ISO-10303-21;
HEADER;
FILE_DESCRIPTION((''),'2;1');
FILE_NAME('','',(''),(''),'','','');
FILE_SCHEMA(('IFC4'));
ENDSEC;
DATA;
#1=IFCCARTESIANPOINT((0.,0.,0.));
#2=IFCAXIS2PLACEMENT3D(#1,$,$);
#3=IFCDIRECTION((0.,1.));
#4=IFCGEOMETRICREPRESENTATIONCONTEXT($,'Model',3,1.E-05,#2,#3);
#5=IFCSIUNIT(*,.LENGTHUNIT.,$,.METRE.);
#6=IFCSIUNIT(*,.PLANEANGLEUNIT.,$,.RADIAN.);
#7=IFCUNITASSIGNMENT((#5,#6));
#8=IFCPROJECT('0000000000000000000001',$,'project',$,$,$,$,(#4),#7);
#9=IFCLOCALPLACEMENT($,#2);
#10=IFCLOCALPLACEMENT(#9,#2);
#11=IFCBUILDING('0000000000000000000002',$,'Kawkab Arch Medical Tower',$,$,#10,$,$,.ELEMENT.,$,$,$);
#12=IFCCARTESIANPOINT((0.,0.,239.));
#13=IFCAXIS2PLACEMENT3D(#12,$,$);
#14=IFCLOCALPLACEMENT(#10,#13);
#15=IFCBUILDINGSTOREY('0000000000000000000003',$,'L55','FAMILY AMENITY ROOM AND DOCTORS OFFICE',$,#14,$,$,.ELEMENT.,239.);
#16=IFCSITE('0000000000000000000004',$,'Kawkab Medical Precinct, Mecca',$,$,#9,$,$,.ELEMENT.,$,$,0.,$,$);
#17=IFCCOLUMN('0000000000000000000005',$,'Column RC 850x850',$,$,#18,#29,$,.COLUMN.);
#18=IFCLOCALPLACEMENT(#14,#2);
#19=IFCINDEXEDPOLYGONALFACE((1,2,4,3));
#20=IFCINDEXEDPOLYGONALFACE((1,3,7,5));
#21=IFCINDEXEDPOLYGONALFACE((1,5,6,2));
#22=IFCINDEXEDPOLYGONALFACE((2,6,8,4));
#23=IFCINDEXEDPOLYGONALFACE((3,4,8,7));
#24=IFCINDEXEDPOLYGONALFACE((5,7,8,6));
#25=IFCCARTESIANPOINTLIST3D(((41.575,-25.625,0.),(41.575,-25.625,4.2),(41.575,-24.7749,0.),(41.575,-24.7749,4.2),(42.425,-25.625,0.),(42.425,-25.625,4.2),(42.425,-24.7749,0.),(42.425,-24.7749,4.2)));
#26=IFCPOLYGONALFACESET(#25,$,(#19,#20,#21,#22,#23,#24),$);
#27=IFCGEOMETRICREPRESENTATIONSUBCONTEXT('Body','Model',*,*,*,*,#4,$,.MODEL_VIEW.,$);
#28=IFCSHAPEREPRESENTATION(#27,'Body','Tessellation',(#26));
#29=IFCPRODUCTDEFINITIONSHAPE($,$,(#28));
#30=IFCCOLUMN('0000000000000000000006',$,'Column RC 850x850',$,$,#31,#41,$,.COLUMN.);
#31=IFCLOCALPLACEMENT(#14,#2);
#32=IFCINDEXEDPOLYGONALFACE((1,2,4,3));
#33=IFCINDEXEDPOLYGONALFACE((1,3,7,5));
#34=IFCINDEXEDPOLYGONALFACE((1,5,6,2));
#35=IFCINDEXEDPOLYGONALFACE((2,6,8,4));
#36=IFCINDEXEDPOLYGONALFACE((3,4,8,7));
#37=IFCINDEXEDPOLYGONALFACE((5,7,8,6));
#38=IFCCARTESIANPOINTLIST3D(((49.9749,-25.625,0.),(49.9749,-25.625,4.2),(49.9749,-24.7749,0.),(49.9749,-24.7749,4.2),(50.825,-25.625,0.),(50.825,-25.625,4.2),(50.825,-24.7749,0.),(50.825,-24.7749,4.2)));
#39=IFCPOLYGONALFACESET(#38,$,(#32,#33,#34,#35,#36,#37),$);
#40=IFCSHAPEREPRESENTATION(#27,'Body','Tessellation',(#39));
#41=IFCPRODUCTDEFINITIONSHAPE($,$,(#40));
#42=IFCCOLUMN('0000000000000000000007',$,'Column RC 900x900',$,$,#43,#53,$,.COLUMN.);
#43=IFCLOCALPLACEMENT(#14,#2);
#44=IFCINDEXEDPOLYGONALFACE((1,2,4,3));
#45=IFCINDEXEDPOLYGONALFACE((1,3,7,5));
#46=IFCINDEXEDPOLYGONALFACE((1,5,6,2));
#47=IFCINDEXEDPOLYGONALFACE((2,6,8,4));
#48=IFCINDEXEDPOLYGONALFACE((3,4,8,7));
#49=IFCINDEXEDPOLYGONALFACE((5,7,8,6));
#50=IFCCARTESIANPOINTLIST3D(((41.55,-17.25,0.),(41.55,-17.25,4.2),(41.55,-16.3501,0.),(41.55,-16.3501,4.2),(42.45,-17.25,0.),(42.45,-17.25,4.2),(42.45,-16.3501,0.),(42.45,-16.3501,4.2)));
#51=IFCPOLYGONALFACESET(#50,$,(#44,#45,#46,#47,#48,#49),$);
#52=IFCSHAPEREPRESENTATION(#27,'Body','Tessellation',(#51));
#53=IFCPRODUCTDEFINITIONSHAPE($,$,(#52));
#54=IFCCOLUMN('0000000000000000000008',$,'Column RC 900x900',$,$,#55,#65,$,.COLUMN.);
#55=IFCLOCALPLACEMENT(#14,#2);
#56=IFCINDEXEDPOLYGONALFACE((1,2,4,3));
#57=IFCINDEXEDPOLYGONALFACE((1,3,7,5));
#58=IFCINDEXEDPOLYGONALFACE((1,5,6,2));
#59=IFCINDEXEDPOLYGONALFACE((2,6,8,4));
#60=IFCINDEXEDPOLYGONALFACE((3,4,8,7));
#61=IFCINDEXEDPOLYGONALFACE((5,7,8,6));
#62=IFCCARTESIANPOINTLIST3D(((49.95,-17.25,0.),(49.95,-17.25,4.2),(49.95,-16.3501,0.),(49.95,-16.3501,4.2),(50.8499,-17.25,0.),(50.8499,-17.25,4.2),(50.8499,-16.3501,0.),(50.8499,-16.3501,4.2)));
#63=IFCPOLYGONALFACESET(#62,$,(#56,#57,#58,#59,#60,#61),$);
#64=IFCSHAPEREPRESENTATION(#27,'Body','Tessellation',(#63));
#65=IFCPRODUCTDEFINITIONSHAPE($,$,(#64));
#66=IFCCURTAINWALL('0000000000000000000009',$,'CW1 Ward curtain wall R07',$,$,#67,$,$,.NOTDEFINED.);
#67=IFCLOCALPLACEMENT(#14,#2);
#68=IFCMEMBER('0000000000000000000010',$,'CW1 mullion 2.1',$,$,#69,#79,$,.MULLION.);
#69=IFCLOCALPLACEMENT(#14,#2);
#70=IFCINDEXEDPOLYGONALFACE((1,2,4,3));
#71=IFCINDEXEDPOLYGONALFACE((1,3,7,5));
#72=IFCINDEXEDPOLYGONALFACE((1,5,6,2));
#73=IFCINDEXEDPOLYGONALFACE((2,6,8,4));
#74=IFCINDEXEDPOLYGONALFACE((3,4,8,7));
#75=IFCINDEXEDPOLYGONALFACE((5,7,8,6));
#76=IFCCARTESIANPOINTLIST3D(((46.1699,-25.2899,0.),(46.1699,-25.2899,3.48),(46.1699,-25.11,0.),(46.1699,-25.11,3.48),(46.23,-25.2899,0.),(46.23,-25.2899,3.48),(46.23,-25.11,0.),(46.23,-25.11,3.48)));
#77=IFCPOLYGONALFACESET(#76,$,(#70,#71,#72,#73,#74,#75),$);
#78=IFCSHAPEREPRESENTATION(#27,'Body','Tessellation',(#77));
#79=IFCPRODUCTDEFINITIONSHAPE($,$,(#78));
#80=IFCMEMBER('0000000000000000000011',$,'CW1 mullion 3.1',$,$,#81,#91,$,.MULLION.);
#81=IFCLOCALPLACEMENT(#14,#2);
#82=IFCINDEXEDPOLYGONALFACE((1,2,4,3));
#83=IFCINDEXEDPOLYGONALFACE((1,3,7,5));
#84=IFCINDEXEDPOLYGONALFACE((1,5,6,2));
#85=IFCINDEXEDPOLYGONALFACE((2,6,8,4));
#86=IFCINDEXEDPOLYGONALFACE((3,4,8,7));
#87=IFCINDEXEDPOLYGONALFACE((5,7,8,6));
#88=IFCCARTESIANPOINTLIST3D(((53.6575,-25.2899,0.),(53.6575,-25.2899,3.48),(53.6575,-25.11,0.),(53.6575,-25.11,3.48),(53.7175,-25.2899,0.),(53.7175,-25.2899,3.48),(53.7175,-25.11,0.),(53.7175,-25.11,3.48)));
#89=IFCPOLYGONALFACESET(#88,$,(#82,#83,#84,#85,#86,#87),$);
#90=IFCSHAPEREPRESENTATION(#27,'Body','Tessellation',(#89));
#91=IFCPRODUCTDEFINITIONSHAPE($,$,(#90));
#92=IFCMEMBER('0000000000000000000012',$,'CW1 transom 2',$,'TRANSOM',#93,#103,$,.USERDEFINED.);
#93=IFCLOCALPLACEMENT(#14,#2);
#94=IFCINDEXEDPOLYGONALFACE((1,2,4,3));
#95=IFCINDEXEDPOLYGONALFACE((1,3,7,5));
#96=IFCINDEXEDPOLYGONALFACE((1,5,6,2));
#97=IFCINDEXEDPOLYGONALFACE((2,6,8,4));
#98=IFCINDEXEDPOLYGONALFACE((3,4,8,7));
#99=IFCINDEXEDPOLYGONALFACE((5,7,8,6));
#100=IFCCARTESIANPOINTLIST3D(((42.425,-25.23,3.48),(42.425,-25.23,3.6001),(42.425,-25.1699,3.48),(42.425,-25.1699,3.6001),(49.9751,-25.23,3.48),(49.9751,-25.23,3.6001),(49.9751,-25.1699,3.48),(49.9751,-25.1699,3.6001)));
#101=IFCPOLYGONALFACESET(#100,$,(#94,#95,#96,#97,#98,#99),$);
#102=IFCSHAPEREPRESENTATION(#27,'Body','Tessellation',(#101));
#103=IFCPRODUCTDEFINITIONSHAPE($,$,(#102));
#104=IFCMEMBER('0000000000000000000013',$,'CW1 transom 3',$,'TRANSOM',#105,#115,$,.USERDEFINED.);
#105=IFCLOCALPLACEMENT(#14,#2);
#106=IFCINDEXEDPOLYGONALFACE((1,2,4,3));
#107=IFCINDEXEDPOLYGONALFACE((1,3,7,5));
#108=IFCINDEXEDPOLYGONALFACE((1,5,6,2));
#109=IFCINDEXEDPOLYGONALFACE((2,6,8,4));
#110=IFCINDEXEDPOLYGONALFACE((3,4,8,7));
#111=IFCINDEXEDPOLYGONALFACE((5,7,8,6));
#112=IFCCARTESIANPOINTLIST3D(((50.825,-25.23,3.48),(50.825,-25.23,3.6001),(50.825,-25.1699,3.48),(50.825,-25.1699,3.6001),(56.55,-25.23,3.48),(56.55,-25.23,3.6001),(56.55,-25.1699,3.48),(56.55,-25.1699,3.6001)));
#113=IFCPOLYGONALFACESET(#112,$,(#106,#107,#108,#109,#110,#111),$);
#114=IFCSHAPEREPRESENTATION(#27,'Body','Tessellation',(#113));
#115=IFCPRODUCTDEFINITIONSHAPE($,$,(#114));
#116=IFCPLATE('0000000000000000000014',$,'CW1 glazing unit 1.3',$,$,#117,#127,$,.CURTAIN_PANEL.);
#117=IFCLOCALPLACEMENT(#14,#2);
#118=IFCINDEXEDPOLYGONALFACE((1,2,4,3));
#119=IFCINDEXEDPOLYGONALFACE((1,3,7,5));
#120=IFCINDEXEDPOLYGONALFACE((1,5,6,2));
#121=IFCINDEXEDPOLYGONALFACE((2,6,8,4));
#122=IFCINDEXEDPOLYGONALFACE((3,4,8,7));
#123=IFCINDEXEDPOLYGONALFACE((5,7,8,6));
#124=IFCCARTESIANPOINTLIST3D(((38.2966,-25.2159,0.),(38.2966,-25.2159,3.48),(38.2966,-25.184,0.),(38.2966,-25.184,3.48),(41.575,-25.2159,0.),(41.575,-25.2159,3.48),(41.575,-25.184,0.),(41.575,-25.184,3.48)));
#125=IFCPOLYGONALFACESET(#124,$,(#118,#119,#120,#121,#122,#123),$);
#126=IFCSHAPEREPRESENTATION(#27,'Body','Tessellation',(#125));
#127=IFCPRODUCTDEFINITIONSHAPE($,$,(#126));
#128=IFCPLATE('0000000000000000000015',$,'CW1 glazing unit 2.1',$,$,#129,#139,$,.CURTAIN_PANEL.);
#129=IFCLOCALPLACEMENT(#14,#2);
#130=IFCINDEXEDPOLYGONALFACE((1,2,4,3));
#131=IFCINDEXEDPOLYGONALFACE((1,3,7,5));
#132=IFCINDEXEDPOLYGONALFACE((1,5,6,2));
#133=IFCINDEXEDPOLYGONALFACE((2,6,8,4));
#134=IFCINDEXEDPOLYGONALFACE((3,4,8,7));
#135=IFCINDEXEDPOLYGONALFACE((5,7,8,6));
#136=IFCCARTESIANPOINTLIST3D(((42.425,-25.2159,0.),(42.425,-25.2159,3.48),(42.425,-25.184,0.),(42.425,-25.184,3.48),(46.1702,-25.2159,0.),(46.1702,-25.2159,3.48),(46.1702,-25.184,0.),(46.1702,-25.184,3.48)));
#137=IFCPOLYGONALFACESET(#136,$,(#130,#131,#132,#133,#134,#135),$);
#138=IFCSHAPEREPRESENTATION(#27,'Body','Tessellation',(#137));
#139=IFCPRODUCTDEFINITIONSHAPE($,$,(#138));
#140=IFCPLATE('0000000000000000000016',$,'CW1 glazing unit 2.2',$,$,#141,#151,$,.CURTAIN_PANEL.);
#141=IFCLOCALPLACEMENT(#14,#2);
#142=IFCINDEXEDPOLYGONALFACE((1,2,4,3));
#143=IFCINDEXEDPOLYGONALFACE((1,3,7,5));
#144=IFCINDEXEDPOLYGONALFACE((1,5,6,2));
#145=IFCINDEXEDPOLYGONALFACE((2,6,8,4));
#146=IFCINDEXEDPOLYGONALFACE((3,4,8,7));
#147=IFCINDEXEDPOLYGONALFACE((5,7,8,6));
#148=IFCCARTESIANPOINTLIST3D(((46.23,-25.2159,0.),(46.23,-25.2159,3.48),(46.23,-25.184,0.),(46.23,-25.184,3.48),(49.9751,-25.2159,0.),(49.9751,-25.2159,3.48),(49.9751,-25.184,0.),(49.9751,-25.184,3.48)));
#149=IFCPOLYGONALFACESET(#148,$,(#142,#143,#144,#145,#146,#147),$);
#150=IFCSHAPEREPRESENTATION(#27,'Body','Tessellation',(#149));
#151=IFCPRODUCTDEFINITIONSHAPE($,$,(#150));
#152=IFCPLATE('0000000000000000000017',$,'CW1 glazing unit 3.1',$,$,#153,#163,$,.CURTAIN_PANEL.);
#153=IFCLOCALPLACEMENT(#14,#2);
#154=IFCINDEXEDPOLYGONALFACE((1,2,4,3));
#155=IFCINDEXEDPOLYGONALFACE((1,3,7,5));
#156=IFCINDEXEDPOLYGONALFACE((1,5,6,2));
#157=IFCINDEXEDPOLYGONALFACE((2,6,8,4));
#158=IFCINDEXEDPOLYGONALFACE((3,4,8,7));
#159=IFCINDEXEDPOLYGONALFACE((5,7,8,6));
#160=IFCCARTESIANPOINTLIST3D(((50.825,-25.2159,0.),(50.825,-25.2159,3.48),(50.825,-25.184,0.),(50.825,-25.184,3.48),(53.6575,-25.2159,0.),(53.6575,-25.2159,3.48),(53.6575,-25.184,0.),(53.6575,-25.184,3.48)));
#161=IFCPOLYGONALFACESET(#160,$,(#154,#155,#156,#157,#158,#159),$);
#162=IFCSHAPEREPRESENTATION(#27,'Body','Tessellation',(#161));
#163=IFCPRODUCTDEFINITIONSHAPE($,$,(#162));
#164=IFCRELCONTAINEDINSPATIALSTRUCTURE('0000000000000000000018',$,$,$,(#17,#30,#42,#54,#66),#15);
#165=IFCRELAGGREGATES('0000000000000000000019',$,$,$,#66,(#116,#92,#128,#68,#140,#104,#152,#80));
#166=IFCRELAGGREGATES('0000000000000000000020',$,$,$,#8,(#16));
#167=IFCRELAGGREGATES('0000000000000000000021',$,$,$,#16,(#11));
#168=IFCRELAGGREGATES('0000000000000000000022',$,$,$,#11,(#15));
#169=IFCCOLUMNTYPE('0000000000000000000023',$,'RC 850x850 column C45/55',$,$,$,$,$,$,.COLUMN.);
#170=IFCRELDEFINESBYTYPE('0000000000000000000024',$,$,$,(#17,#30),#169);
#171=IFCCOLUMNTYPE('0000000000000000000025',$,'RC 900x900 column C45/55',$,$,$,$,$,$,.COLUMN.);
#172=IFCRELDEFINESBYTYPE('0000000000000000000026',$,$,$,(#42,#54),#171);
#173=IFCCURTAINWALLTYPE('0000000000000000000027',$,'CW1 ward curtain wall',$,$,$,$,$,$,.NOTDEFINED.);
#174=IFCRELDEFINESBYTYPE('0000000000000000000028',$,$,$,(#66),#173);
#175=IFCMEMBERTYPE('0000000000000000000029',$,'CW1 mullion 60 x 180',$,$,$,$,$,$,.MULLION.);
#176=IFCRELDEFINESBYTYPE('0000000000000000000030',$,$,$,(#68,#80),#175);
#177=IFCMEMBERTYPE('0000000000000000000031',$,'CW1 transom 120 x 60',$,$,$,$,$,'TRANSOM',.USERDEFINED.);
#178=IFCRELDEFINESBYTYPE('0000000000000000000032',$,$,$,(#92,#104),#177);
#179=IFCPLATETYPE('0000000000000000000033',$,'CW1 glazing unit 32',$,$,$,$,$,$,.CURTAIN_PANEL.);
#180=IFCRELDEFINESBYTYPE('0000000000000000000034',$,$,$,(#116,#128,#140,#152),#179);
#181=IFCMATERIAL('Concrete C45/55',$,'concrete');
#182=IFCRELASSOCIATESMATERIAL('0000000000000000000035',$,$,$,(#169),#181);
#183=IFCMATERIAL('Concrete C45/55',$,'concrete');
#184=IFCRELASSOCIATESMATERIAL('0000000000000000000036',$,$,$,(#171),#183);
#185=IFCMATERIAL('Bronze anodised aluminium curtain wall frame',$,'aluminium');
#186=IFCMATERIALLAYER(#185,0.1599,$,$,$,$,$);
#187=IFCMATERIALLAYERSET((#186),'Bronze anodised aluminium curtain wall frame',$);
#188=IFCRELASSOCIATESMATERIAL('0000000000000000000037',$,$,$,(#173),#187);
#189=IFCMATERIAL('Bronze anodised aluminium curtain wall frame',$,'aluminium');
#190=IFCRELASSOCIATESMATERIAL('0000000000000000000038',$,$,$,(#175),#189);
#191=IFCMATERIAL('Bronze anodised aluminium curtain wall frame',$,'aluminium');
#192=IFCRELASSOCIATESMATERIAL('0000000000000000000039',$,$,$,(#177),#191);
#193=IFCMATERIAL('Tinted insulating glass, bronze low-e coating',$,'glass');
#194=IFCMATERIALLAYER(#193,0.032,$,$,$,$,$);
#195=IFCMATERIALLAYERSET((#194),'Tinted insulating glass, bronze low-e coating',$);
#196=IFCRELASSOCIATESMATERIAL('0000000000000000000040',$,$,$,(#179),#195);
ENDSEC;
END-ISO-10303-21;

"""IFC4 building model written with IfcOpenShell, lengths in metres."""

from ifc_helpers import new_model, si_unit, direction, frame, origin, origin_2d, place, context, subcontext, project, spatial, rectangle, extrude, material, layer, layer_set, material_profile, profile_set, type_object, element, aggregate, save


model = new_model("IFC4")

# Units and contexts
model_context = context("Model", 3, precision=1e-05, world=origin(), true_north=direction((0.0, 1.0)))
body_context = subcontext(model_context, "Body", "Model", "MODEL_VIEW")
ifc_project = project(units=[si_unit("LENGTHUNIT", "METRE"), si_unit("PLANEANGLEUNIT", "RADIAN")], contexts=[model_context])

# Site, building, storey
site_placement = place(None, origin())
site = spatial("IfcSite", under=ifc_project, at=site_placement, Name="Kawkab Medical Precinct, Mecca", CompositionType="ELEMENT", RefElevation=0.0)
building_placement = place(site_placement, origin())
building = spatial("IfcBuilding", under=site, at=building_placement, Name="Kawkab Arch Medical Tower", CompositionType="ELEMENT")
storey_placement = place(building_placement, frame((0.0, 0.0, 239.0)))
storey = spatial("IfcBuildingStorey", under=building, at=storey_placement, Name="L55", Description="FAMILY AMENITY ROOM AND DOCTORS OFFICE", CompositionType="ELEMENT", Elevation=239.0)

# Columns
ifc_material_1 = material(Name="Concrete C45/55", Category="concrete")
ifc_material_profile_1 = material_profile(ifc_material_1, rectangle(XDim=0.8501, YDim=0.8501, at=origin_2d()), Name="RC 850x850")
ifc_profile_set_1 = profile_set([ifc_material_profile_1], Name="Concrete C45/55")
column_type_1 = type_object("IfcColumnType", Name="RC 850x850 column C45/55", PredefinedType="COLUMN", material=ifc_profile_set_1)
for number, where, z_axis, x_axis, name in (
    (1, (42.0, -25.2, 0.0), (0.0, 0.0, 1.0), (1.0, 0.0, 0.0), "Column RC 850x850"),
    (2, (50.3999, -25.2, 0.0), (0.0, 0.0, 1.0), (1.0, 0.0, 0.0), "Column RC 850x850"),
):
    element("IfcColumn", number, at=place(storey_placement, frame(where, z_axis=z_axis, x_axis=x_axis)), inside=storey, type_object=column_type_1, Name=name, PredefinedType="COLUMN", context=body_context, shape_type="SweptSolid", body=[
        extrude(rectangle(XDim=0.8501, YDim=0.8501, at=origin_2d()), origin(), (0.0, 0.0, 1.0), 4.2),
    ])
ifc_material_2 = material(Name="Concrete C45/55", Category="concrete")
ifc_material_profile_2 = material_profile(ifc_material_2, rectangle(XDim=0.8999, YDim=0.8999, at=origin_2d()), Name="RC 900x900")
ifc_profile_set_2 = profile_set([ifc_material_profile_2], Name="Concrete C45/55")
column_type_2 = type_object("IfcColumnType", Name="RC 900x900 column C45/55", PredefinedType="COLUMN", material=ifc_profile_set_2)
for number, where, z_axis, x_axis, name in (
    (3, (42.0, -16.8, 0.0), (0.0, 0.0, 1.0), (1.0, 0.0, 0.0), "Column RC 900x900"),
    (4, (50.3999, -16.8, 0.0), (0.0, 0.0, 1.0), (1.0, 0.0, 0.0), "Column RC 900x900"),
):
    element("IfcColumn", number, at=place(storey_placement, frame(where, z_axis=z_axis, x_axis=x_axis)), inside=storey, type_object=column_type_2, Name=name, PredefinedType="COLUMN", context=body_context, shape_type="SweptSolid", body=[
        extrude(rectangle(XDim=0.8999, YDim=0.8999, at=origin_2d()), origin(), (0.0, 0.0, 1.0), 4.2),
    ])

# Curtain wall, members, plates
ifc_material_3 = material(Name="Bronze anodised aluminium curtain wall frame", Category="aluminium")
ifc_layer_1 = layer(ifc_material_3, 0.1599)
ifc_layer_set_1 = layer_set([ifc_layer_1], Name="Bronze anodised aluminium curtain wall frame")
curtain_wall_type = type_object("IfcCurtainWallType", Name="CW1 ward curtain wall", PredefinedType="NOTDEFINED", material=ifc_layer_set_1)
curtain_wall_placement = place(storey_placement, origin())
curtain_wall = element("IfcCurtainWall", 5, at=curtain_wall_placement, inside=storey, type_object=curtain_wall_type, Name="CW1 Ward curtain wall R07", PredefinedType="NOTDEFINED")
ifc_material_4 = material(Name="Bronze anodised aluminium curtain wall frame", Category="aluminium")
ifc_material_profile_3 = material_profile(ifc_material_4, rectangle(XDim=0.1799, YDim=0.0601, at=origin_2d()), Name="AL 60x180")
ifc_profile_set_3 = profile_set([ifc_material_profile_3], Name="Bronze anodised aluminium curtain wall frame")
member_type_1 = type_object("IfcMemberType", Name="CW1 mullion 60 x 180", PredefinedType="MULLION", material=ifc_profile_set_3)
member_1_placement = place(storey_placement, frame((46.2, -25.2, 0.0), z_axis=(0.0, 0.0, 1.0), x_axis=(0.0, 1.0, 0.0)))
member_1 = element("IfcMember", 6, at=member_1_placement, type_object=member_type_1, Name="CW1 mullion 2.1", PredefinedType="MULLION", context=body_context, shape_type="SweptSolid", body=[
    extrude(rectangle(XDim=0.1799, YDim=0.0601, at=origin_2d()), origin(), (0.0, 0.0, 1.0), 3.48),
])
member_2_placement = place(storey_placement, frame((53.6875, -25.2, 0.0), z_axis=(0.0, 0.0, 1.0), x_axis=(0.0, 1.0, 0.0)))
member_2 = element("IfcMember", 7, at=member_2_placement, type_object=member_type_1, Name="CW1 mullion 3.1", PredefinedType="MULLION", context=body_context, shape_type="SweptSolid", body=[
    extrude(rectangle(XDim=0.1799, YDim=0.0601, at=origin_2d()), origin(), (0.0, 0.0, 1.0), 3.48),
])
ifc_material_5 = material(Name="Bronze anodised aluminium curtain wall frame", Category="aluminium")
ifc_material_profile_4 = material_profile(ifc_material_5, rectangle(XDim=0.0601, YDim=0.1201, at=origin_2d()), Name="AL 60x120")
ifc_profile_set_4 = profile_set([ifc_material_profile_4], Name="Bronze anodised aluminium curtain wall frame")
member_type_2 = type_object("IfcMemberType", Name="CW1 transom 120 x 60", ElementType="TRANSOM", PredefinedType="USERDEFINED", material=ifc_profile_set_4)
member_3_placement = place(storey_placement, frame((42.425, -25.2, 3.54), z_axis=(1.0, 0.0, 0.0), x_axis=(0.0, 1.0, 0.0)))
member_3 = element("IfcMember", 8, at=member_3_placement, type_object=member_type_2, Name="CW1 transom 2", ObjectType="TRANSOM", PredefinedType="USERDEFINED", context=body_context, shape_type="SweptSolid", body=[
    extrude(rectangle(XDim=0.0601, YDim=0.1201, at=origin_2d()), origin(), (0.0, 0.0, 1.0), 7.55),
])
member_4_placement = place(storey_placement, frame((50.825, -25.2, 3.54), z_axis=(1.0, 0.0, 0.0), x_axis=(0.0, 1.0, 0.0)))
member_4 = element("IfcMember", 9, at=member_4_placement, type_object=member_type_2, Name="CW1 transom 3", ObjectType="TRANSOM", PredefinedType="USERDEFINED", context=body_context, shape_type="SweptSolid", body=[
    extrude(rectangle(XDim=0.0601, YDim=0.1201, at=origin_2d()), origin(), (0.0, 0.0, 1.0), 5.7251),
])
ifc_material_6 = material(Name="Tinted insulating glass, bronze low-e coating", Category="glass")
ifc_layer_2 = layer(ifc_material_6, 0.032)
ifc_layer_set_2 = layer_set([ifc_layer_2], Name="Tinted insulating glass, bronze low-e coating")
plate_type = type_object("IfcPlateType", Name="CW1 glazing unit 32", PredefinedType="CURTAIN_PANEL", material=ifc_layer_set_2)
plate_1_placement = place(storey_placement, frame((39.9358, -25.2, 0.0), z_axis=(0.0, 0.0, 1.0), x_axis=(1.0, 0.0, 0.0)))
plate_1 = element("IfcPlate", 10, at=plate_1_placement, type_object=plate_type, Name="CW1 glazing unit 1.3", PredefinedType="CURTAIN_PANEL", context=body_context, shape_type="SweptSolid", body=[
    extrude(rectangle(XDim=3.2783, YDim=0.032, at=origin_2d()), origin(), (0.0, 0.0, 1.0), 3.48),
])
plate_2_placement = place(storey_placement, frame((44.2976, -25.2, 0.0), z_axis=(0.0, 0.0, 1.0), x_axis=(1.0, 0.0, 0.0)))
plate_2 = element("IfcPlate", 11, at=plate_2_placement, type_object=plate_type, Name="CW1 glazing unit 2.1", PredefinedType="CURTAIN_PANEL", context=body_context, shape_type="SweptSolid", body=[
    extrude(rectangle(XDim=3.7451, YDim=0.032, at=origin_2d()), origin(), (0.0, 0.0, 1.0), 3.48),
])
plate_3_placement = place(storey_placement, frame((48.1025, -25.2, 0.0), z_axis=(0.0, 0.0, 1.0), x_axis=(1.0, 0.0, 0.0)))
plate_3 = element("IfcPlate", 12, at=plate_3_placement, type_object=plate_type, Name="CW1 glazing unit 2.2", PredefinedType="CURTAIN_PANEL", context=body_context, shape_type="SweptSolid", body=[
    extrude(rectangle(XDim=3.7451, YDim=0.032, at=origin_2d()), origin(), (0.0, 0.0, 1.0), 3.48),
])
plate_4_placement = place(storey_placement, frame((52.2412, -25.2, 0.0), z_axis=(0.0, 0.0, 1.0), x_axis=(1.0, 0.0, 0.0)))
plate_4 = element("IfcPlate", 13, at=plate_4_placement, type_object=plate_type, Name="CW1 glazing unit 3.1", PredefinedType="CURTAIN_PANEL", context=body_context, shape_type="SweptSolid", body=[
    extrude(rectangle(XDim=2.8325, YDim=0.032, at=origin_2d()), origin(), (0.0, 0.0, 1.0), 3.48),
])
aggregate(curtain_wall, [plate_1, member_3, plate_2, member_1, plate_3, member_4, plate_4, member_2])

save(model, "model.ifc")
